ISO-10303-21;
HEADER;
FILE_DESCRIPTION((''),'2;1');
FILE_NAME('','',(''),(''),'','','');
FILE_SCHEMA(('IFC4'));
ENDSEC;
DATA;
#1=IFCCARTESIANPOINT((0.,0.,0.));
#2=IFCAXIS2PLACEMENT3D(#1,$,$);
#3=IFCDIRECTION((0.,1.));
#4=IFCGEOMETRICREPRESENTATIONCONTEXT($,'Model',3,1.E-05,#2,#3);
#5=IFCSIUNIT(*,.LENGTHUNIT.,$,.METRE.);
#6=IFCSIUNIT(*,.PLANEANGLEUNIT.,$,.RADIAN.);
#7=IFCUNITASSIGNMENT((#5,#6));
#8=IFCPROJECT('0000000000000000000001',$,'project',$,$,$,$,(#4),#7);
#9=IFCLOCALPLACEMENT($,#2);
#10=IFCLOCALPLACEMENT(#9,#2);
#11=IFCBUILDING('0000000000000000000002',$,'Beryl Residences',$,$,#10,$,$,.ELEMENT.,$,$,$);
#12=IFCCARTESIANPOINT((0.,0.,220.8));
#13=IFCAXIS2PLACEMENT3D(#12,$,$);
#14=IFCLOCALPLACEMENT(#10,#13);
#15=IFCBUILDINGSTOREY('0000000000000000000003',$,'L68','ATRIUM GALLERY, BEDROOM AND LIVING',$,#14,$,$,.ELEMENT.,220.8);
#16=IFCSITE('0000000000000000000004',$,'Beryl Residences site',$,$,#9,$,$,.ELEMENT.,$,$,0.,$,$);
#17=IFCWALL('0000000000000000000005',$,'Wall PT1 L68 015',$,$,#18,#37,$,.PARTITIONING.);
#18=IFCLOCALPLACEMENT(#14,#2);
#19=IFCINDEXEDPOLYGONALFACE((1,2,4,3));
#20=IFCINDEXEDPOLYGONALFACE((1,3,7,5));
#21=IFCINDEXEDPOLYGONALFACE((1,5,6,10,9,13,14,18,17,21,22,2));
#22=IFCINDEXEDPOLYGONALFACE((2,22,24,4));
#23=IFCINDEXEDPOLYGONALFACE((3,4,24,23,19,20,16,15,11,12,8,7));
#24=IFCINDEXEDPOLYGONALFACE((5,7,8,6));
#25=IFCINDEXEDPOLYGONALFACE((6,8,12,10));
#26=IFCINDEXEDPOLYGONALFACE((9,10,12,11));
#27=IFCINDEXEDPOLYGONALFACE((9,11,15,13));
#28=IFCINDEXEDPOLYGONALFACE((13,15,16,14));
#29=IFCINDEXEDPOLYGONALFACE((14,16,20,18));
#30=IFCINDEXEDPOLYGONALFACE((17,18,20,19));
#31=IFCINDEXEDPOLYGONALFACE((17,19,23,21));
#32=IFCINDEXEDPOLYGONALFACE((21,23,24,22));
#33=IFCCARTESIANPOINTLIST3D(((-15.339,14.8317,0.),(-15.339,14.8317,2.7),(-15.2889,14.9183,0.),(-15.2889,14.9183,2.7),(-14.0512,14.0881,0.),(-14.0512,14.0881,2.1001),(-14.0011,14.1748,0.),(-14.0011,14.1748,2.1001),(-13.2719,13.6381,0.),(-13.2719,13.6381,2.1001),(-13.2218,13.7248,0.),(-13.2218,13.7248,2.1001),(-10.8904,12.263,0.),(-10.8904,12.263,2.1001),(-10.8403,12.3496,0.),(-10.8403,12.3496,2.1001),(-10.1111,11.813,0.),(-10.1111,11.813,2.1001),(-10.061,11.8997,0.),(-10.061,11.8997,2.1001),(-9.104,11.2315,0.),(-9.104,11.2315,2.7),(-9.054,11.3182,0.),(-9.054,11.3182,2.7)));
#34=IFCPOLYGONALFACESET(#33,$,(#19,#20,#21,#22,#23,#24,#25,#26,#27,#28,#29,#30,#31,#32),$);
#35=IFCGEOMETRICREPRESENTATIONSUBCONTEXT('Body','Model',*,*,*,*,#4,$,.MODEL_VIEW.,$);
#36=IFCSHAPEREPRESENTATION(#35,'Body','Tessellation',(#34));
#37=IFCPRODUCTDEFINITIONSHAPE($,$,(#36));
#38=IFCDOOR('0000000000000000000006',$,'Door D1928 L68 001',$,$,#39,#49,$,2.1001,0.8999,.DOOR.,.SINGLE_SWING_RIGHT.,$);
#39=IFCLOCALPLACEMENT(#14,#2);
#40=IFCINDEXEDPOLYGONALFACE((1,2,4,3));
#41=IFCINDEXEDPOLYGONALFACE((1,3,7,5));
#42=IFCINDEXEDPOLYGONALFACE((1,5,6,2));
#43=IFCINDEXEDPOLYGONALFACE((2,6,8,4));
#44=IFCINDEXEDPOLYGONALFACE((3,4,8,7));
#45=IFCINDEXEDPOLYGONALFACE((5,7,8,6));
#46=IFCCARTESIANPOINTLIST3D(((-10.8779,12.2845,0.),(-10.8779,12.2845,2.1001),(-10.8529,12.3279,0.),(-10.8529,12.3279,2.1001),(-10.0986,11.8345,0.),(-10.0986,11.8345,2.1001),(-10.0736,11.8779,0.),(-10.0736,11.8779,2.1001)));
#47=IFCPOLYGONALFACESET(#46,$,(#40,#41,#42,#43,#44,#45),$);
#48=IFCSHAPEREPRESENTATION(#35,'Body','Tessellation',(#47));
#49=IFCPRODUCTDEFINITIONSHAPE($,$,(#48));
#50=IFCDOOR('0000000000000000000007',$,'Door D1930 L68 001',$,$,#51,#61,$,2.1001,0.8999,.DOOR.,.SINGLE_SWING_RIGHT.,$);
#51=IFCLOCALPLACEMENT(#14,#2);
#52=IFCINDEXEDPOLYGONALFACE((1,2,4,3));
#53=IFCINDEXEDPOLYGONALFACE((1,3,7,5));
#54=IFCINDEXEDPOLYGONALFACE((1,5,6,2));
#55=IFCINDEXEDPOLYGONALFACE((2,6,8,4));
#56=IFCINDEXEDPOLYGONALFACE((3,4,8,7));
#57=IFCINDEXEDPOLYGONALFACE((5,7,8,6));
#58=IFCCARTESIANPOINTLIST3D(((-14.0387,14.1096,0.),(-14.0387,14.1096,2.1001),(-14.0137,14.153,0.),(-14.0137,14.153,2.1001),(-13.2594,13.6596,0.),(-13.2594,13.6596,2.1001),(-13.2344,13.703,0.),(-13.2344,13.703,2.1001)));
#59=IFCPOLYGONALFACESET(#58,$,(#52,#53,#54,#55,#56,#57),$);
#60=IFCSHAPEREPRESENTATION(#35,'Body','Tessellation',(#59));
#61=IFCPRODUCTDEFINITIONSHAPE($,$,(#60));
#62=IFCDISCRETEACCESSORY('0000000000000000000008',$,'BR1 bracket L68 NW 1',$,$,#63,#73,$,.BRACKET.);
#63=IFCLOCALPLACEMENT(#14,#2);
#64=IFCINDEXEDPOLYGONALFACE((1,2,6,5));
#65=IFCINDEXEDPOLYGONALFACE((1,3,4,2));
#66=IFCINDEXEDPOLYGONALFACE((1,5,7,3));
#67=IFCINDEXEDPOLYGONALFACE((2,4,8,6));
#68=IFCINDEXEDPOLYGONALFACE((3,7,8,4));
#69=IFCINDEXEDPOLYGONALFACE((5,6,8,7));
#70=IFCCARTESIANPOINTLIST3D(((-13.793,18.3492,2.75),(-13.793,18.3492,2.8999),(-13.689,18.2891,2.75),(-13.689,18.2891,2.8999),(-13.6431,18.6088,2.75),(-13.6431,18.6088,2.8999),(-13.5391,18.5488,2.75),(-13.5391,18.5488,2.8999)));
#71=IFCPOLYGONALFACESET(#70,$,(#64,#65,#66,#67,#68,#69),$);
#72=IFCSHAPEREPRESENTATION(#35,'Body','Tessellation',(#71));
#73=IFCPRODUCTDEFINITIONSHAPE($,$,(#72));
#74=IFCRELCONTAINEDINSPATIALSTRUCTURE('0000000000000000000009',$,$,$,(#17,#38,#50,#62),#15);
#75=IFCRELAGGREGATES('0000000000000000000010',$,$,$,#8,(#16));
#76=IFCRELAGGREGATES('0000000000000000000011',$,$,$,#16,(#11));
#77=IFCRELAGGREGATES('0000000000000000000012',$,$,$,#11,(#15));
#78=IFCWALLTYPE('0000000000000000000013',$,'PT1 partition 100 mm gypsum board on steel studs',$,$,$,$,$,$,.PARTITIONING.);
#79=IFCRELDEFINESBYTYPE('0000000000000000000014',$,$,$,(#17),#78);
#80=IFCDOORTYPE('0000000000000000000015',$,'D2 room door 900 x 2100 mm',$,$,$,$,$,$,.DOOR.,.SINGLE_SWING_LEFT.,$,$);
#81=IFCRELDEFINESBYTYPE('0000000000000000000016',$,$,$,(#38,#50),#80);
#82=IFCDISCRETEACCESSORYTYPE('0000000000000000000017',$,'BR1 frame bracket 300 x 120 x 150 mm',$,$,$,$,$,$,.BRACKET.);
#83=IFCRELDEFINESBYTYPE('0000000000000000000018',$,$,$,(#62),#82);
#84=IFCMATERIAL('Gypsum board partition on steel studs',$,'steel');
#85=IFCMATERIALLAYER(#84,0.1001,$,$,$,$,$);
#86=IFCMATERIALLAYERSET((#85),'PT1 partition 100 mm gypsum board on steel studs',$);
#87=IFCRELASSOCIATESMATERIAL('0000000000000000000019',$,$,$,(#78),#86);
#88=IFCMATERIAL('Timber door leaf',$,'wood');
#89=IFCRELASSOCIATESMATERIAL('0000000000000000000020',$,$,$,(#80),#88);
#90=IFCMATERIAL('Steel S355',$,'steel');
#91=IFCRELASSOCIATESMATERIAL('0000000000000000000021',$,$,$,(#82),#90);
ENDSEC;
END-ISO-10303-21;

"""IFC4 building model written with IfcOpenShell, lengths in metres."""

from ifc_helpers import new_model, si_unit, direction, frame, frame_2d, origin, place, context, subcontext, project, spatial, polyline, rectangle, outline, extrude, source, transform, mapped, material, layer, layer_set, type_object, type_shapes, element, fill, save


model = new_model("IFC4")

# Units and contexts
model_context = context("Model", 3, precision=1e-05, world=origin(), true_north=direction((0.0, 1.0)))
body_context = subcontext(model_context, "Body", "Model", "MODEL_VIEW")
ifc_project = project(units=[si_unit("LENGTHUNIT", "METRE"), si_unit("PLANEANGLEUNIT", "RADIAN")], contexts=[model_context])

# Site, building, storey
site_placement = place(None, origin())
site = spatial("IfcSite", under=ifc_project, at=site_placement, Name="Beryl Residences site", CompositionType="ELEMENT", RefElevation=0.0)
building_placement = place(site_placement, origin())
building = spatial("IfcBuilding", under=site, at=building_placement, Name="Beryl Residences", CompositionType="ELEMENT")
storey_placement = place(building_placement, frame((0.0, 0.0, 220.8)))
storey = spatial("IfcBuildingStorey", under=building, at=storey_placement, Name="L68", Description="ATRIUM GALLERY, BEDROOM AND LIVING", CompositionType="ELEMENT", Elevation=220.8)

# Wall, openings, doors
ifc_material_1 = material(Name="Gypsum board partition on steel studs", Category="steel")
ifc_layer_1 = layer(ifc_material_1, 0.1001)
ifc_layer_set_1 = layer_set([ifc_layer_1], Name="PT1 partition 100 mm gypsum board on steel studs")
wall_type_1 = type_object("IfcWallType", Name="PT1 partition 100 mm gypsum board on steel studs", PredefinedType="PARTITIONING", material=ifc_layer_set_1)
wall_1_placement = place(storey_placement, frame((-15.314, 14.875, 0.0), z_axis=(0.0, 0.0, 1.0), x_axis=(0.866001, -0.500041, 0.0)))
wall_1 = element("IfcWall", 1, at=wall_1_placement, inside=storey, type_object=wall_type_1, Name="Wall PT1 L68 015", PredefinedType="PARTITIONING", context=body_context, shape_type="SweptSolid", body=[
    extrude(rectangle(XDim=7.1997, YDim=0.1001, at=frame_2d((3.5999, 0.0))), origin(), (0.0, 0.0, 1.0), 2.7),
])
opening_1_placement = place(wall_1_placement, frame((5.137, 0.0, 0.0)))
opening_1 = element("IfcOpeningElement", 2, at=opening_1_placement, cuts=wall_1, PredefinedType="OPENING", context=body_context, shape_type="SweptSolid", body=[
    extrude(rectangle(XDim=0.8999, YDim=2.1001, at=frame_2d((0.45, 1.05))), frame((0.0, 0.0601, 0.0), z_axis=(0.0, -1.0, 0.0), x_axis=(1.0, 0.0, 0.0)), (0.0, 0.0, 1.0), 0.1201),
])
opening_2_placement = place(wall_1_placement, frame((1.4871, 0.0, 0.0)))
opening_2 = element("IfcOpeningElement", 3, at=opening_2_placement, cuts=wall_1, PredefinedType="OPENING", context=body_context, shape_type="SweptSolid", body=[
    extrude(rectangle(XDim=0.8999, YDim=2.1001, at=frame_2d((0.45, 1.05))), frame((0.0, 0.0601, 0.0), z_axis=(0.0, -1.0, 0.0), x_axis=(1.0, 0.0, 0.0)), (0.0, 0.0, 1.0), 0.1201),
])
ifc_material_2 = material(Name="Timber door leaf", Category="wood")
door_type = type_object("IfcDoorType", Name="D2 room door 900 x 2100 mm", OperationType="SINGLE_SWING_LEFT", PredefinedType="DOOR", material=ifc_material_2)
door_1_placement = place(opening_1_placement, origin())
door_1 = element("IfcDoor", 4, at=door_1_placement, inside=storey, type_object=door_type, Name="Door D1928 L68 001", OperationType="SINGLE_SWING_RIGHT", OverallHeight=2.1001, OverallWidth=0.8999, PredefinedType="DOOR", context=body_context, shape_type="SweptSolid", body=[
    extrude(rectangle(XDim=0.8999, YDim=2.1001, at=frame_2d((0.45, 1.05))), frame((0.0, 0.0249, 0.0), z_axis=(0.0, -1.0, 0.0), x_axis=(1.0, 0.0, 0.0)), (0.0, 0.0, 1.0), 0.05),
])
fill(opening_1, door_1)
door_2_placement = place(opening_2_placement, origin())
door_2 = element("IfcDoor", 5, at=door_2_placement, inside=storey, type_object=door_type, Name="Door D1930 L68 001", OperationType="SINGLE_SWING_RIGHT", OverallHeight=2.1001, OverallWidth=0.8999, PredefinedType="DOOR", context=body_context, shape_type="SweptSolid", body=[
    extrude(rectangle(XDim=0.8999, YDim=2.1001, at=frame_2d((0.45, 1.05))), frame((0.0, 0.0249, 0.0), z_axis=(0.0, -1.0, 0.0), x_axis=(1.0, 0.0, 0.0)), (0.0, 0.0, 1.0), 0.05),
])
fill(opening_2, door_2)

# Discrete accessory
ifc_material_3 = material(Name="Steel S355", Category="steel")
discrete_accessory_type = type_object("IfcDiscreteAccessoryType", Name="BR1 frame bracket 300 x 120 x 150 mm", PredefinedType="BRACKET", material=ifc_material_3)
shared_shape_1 = source(origin(), body_context, "Body", "SweptSolid", [
    extrude(outline(polyline([(-0.1499, 0.0), (0.1499, 0.0), (0.1499, 0.1201), (-0.1499, 0.1201), (-0.1499, 0.0)])), origin(), (0.0, 0.0, 1.0), 0.1499),
])
type_shapes(discrete_accessory_type, [shared_shape_1])
discrete_accessory_placement = place(storey_placement, frame((-13.614, 18.4189, 2.75), z_axis=(0.0, 0.0, 1.0), x_axis=(0.5, 0.866025, 0.0)))
element("IfcDiscreteAccessory", 6, at=discrete_accessory_placement, inside=storey, type_object=discrete_accessory_type, Name="BR1 bracket L68 NW 1", PredefinedType="BRACKET", context=body_context, shape_type="MappedRepresentation", body=[
    mapped(shared_shape_1, transform((0.0, 0.0, 0.0))),
])

save(model, "model.ifc")
